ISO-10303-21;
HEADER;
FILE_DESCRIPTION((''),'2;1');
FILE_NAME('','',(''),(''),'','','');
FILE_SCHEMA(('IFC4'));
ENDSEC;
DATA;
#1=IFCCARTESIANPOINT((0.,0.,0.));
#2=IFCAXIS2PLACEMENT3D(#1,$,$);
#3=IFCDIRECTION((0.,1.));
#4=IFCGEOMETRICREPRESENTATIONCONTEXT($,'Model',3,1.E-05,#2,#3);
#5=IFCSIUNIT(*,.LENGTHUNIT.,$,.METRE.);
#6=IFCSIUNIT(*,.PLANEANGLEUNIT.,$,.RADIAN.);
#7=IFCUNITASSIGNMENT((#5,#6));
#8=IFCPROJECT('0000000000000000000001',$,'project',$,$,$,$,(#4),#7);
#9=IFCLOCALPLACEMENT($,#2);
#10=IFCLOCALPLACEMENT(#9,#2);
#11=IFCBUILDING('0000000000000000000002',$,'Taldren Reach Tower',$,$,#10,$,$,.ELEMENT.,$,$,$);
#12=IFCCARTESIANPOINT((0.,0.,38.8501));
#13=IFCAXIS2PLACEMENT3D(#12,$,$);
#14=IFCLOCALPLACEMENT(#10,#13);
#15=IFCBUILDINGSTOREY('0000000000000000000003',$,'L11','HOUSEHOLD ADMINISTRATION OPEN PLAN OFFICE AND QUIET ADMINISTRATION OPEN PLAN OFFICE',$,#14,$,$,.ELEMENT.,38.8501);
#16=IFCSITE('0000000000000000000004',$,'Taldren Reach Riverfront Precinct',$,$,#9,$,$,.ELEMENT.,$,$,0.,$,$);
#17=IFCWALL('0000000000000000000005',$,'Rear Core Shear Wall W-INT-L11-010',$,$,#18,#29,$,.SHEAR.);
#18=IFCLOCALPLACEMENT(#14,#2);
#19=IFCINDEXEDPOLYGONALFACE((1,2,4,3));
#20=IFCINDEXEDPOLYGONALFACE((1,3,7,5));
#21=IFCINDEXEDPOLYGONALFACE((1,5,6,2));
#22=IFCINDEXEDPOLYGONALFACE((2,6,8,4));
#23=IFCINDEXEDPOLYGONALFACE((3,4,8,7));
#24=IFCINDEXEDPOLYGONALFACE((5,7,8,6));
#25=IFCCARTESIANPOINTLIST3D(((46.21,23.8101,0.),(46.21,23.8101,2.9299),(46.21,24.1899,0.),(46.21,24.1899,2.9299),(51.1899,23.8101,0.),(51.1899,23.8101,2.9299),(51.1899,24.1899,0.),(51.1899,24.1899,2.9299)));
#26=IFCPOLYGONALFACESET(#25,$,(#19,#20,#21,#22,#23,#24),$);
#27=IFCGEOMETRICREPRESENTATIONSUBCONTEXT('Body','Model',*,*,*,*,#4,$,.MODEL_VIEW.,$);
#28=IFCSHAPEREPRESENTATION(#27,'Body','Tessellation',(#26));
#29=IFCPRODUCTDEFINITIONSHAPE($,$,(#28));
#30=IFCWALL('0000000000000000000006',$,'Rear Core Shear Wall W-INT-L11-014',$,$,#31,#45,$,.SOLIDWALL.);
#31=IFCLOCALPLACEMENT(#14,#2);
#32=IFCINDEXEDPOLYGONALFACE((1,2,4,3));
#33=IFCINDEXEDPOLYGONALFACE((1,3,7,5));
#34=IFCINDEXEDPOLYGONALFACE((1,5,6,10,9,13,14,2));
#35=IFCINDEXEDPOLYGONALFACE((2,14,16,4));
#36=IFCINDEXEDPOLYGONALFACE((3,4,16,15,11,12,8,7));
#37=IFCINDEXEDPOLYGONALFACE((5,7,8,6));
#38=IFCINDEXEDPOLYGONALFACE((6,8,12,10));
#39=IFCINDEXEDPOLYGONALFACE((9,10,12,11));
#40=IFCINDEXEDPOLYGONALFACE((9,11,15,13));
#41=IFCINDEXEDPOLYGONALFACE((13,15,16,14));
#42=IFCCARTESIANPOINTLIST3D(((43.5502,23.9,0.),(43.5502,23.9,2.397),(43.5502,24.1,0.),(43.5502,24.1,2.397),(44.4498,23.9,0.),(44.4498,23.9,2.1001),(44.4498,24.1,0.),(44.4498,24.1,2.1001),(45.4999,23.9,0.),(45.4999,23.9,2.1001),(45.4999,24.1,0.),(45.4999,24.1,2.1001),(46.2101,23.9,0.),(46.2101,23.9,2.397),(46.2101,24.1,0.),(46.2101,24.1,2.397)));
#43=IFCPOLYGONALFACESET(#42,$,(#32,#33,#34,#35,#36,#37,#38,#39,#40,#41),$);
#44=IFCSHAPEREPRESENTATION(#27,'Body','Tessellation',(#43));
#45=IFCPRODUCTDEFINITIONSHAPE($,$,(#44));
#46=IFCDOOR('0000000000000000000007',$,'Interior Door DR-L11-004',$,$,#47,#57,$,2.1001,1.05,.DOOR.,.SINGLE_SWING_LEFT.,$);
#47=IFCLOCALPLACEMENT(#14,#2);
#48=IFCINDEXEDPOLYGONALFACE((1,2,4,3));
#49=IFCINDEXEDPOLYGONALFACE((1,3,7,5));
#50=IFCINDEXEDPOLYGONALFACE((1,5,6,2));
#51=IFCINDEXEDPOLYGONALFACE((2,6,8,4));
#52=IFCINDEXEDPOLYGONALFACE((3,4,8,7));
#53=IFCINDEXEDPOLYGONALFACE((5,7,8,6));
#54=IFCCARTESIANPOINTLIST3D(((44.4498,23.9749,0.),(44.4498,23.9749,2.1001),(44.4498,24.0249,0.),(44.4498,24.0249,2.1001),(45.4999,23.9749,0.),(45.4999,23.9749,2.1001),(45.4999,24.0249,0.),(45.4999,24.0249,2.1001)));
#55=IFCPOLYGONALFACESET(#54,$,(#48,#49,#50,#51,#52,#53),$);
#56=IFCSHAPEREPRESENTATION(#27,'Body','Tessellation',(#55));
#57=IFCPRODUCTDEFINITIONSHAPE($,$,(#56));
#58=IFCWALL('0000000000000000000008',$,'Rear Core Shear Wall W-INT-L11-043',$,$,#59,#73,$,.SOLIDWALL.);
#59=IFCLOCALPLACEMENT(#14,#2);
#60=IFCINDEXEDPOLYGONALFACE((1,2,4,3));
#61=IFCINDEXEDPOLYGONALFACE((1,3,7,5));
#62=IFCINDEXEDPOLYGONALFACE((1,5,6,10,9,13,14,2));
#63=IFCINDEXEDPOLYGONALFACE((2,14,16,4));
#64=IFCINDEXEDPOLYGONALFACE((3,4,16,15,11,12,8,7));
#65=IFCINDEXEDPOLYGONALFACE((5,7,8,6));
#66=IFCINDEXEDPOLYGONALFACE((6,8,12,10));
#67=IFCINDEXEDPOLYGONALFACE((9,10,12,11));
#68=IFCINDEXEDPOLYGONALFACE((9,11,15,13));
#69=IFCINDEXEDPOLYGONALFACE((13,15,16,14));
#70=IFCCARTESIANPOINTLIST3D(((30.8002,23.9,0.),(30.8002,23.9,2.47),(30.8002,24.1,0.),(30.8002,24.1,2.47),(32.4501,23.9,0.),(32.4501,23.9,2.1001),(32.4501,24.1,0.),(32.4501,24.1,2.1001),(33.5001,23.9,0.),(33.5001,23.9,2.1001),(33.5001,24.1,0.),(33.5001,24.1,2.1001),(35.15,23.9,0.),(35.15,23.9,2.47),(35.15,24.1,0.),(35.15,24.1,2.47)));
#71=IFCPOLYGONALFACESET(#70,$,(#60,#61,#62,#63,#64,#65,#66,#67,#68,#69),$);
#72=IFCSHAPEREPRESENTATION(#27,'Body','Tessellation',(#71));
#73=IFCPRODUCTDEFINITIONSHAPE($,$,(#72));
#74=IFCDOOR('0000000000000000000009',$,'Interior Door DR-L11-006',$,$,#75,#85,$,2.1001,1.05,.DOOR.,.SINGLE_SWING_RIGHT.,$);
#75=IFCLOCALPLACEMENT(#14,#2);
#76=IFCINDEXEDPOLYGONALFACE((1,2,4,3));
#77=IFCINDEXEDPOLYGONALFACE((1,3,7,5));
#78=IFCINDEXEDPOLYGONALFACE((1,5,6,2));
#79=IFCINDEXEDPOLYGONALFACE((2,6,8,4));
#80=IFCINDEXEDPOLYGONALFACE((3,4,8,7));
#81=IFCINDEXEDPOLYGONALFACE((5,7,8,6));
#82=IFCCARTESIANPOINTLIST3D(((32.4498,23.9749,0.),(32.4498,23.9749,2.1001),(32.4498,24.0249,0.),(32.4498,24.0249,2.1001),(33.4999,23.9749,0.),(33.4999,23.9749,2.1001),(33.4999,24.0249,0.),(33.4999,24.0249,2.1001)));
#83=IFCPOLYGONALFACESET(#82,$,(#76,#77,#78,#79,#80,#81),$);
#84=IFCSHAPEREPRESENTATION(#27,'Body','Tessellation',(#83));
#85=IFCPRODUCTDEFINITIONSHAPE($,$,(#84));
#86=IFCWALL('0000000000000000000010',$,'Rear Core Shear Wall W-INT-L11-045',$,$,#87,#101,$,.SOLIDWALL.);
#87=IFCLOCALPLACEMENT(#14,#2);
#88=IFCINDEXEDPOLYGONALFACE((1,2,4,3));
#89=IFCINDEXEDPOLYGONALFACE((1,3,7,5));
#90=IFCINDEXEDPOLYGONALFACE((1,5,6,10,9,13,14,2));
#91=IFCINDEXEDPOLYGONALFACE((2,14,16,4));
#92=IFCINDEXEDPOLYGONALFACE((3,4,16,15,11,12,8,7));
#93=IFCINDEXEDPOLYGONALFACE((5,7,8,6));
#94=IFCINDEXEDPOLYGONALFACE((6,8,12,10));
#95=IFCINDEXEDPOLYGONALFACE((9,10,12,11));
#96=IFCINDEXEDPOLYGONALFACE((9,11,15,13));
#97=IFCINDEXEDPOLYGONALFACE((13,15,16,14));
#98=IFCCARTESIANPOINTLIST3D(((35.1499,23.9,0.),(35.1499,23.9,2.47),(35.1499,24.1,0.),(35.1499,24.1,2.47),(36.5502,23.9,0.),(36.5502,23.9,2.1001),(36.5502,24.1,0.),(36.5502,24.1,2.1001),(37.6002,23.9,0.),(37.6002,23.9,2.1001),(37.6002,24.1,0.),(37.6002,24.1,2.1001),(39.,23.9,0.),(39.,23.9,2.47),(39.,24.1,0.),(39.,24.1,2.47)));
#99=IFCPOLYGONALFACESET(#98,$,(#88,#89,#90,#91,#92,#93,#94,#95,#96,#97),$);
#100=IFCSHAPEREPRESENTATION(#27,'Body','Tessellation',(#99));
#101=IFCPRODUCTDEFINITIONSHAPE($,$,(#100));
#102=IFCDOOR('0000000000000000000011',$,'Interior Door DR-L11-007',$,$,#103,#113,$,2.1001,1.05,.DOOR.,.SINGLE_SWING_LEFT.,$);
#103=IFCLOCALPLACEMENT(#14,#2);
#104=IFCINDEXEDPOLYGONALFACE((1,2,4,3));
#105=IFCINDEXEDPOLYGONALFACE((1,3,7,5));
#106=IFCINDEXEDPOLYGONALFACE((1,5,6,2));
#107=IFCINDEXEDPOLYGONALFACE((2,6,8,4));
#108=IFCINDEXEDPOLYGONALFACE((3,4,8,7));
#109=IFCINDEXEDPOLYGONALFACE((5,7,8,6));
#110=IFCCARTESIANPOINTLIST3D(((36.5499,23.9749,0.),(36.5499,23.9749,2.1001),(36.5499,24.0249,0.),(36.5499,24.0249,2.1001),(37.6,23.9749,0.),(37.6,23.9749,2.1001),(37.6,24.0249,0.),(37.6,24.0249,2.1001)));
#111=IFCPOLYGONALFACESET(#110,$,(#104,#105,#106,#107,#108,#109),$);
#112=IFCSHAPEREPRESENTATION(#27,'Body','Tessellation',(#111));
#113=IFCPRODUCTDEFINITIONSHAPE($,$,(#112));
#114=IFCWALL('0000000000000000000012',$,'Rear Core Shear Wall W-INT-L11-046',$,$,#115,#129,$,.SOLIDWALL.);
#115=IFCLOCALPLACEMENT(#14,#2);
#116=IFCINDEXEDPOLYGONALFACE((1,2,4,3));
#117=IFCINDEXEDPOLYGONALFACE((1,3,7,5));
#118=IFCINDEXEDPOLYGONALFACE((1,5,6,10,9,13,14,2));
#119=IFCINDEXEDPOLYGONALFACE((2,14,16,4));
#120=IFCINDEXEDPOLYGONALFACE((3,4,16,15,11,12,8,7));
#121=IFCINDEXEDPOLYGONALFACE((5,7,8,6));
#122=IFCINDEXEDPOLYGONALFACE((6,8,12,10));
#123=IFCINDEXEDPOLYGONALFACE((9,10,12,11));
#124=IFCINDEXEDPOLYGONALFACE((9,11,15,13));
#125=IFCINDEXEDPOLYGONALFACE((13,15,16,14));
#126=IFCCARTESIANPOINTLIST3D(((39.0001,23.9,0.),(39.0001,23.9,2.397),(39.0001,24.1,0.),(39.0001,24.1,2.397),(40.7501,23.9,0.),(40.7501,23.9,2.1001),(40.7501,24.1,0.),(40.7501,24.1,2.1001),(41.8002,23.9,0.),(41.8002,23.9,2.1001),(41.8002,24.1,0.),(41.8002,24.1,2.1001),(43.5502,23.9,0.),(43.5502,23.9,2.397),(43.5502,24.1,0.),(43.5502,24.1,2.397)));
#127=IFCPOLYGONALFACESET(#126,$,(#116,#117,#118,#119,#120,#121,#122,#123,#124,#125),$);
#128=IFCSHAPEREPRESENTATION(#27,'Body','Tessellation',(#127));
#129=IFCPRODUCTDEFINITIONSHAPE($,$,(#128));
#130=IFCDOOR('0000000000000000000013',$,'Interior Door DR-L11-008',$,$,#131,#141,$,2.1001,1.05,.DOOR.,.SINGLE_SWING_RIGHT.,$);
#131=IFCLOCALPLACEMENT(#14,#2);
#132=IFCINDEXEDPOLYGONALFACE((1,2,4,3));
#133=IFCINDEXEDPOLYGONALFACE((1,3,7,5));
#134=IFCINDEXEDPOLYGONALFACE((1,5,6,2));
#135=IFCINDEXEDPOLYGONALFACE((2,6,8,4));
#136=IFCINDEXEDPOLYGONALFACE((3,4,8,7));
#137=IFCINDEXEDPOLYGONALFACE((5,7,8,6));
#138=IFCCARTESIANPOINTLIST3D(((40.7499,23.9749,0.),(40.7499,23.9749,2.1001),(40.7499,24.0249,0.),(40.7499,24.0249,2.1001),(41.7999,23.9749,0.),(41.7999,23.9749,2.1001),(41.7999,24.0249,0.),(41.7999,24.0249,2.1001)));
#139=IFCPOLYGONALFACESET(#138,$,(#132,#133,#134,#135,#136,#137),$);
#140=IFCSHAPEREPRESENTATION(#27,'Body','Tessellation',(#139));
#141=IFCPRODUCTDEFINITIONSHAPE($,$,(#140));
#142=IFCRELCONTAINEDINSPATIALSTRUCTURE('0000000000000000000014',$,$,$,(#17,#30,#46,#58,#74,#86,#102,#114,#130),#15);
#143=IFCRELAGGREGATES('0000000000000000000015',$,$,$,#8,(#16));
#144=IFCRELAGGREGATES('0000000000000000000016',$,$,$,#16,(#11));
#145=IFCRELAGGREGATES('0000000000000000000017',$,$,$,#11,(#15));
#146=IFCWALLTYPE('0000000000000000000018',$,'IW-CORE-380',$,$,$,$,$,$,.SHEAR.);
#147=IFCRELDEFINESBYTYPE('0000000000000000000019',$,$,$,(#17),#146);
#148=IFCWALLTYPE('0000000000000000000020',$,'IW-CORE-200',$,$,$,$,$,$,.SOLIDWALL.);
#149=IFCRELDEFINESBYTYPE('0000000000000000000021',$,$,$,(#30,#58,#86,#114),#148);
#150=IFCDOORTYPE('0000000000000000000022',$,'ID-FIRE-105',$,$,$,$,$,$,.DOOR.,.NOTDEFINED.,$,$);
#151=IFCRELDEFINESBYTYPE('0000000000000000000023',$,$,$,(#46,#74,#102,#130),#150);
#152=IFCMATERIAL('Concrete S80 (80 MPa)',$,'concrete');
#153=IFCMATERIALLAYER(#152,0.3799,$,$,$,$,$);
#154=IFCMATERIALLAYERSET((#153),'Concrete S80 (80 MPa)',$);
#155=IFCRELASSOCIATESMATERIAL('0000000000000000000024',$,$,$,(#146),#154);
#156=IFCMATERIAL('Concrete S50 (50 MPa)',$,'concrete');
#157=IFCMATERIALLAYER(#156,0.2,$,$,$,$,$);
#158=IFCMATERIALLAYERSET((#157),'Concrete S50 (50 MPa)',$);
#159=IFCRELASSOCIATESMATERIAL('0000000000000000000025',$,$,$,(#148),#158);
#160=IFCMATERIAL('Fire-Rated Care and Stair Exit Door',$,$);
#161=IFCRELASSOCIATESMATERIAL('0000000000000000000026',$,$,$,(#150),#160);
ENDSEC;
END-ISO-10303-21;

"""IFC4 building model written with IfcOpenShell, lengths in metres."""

from ifc_helpers import new_model, si_unit, direction, frame, frame_2d, origin, place, context, subcontext, project, spatial, rectangle, extrude, source, transform, mapped, material, layer, layer_set, type_object, element, fill, save


model = new_model("IFC4")

# Units and contexts
model_context = context("Model", 3, precision=1e-05, world=origin(), true_north=direction((0.0, 1.0)))
body_context = subcontext(model_context, "Body", "Model", "MODEL_VIEW")
ifc_project = project(units=[si_unit("LENGTHUNIT", "METRE"), si_unit("PLANEANGLEUNIT", "RADIAN")], contexts=[model_context])

# Site, building, storey
site_placement = place(None, origin())
site = spatial("IfcSite", under=ifc_project, at=site_placement, Name="Taldren Reach Riverfront Precinct", CompositionType="ELEMENT", RefElevation=0.0)
building_placement = place(site_placement, origin())
building = spatial("IfcBuilding", under=site, at=building_placement, Name="Taldren Reach Tower", CompositionType="ELEMENT")
storey_placement = place(building_placement, frame((0.0, 0.0, 38.8501)))
storey = spatial("IfcBuildingStorey", under=building, at=storey_placement, Name="L11", Description="HOUSEHOLD ADMINISTRATION OPEN PLAN OFFICE AND QUIET ADMINISTRATION OPEN PLAN OFFICE", CompositionType="ELEMENT", Elevation=38.8501)

# Wall
ifc_material_1 = material(Name="Concrete S80 (80 MPa)", Category="concrete")
ifc_layer_1 = layer(ifc_material_1, 0.3799)
ifc_layer_set_1 = layer_set([ifc_layer_1], Name="Concrete S80 (80 MPa)")
wall_type_1 = type_object("IfcWallType", Name="IW-CORE-380", PredefinedType="SHEAR", material=ifc_layer_set_1)
shared_shape_1 = source(origin(), body_context, "Body", "SweptSolid", [
    extrude(rectangle(XDim=4.98, YDim=0.3799, at=frame_2d((2.49, 0.0))), origin(), (0.0, 0.0, 1.0), 2.9299),
])
wall_1_placement = place(storey_placement, frame((46.21, 24.0, 0.0), z_axis=(0.0, 0.0, 1.0), x_axis=(1.0, 0.0, 0.0)))
element("IfcWall", 1, at=wall_1_placement, inside=storey, type_object=wall_type_1, Name="Rear Core Shear Wall W-INT-L11-010", PredefinedType="SHEAR", context=body_context, shape_type="MappedRepresentation", body=[
    mapped(shared_shape_1, transform((0.0, 0.0, 0.0), scale=1.0)),
])

# Walls, openings, doors
ifc_material_2 = material(Name="Concrete S50 (50 MPa)", Category="concrete")
ifc_layer_2 = layer(ifc_material_2, 0.2)
ifc_layer_set_2 = layer_set([ifc_layer_2], Name="Concrete S50 (50 MPa)")
wall_type_2 = type_object("IfcWallType", Name="IW-CORE-200", PredefinedType="SOLIDWALL", material=ifc_layer_set_2)
shared_shape_2 = source(origin(), body_context, "Body", "SweptSolid", [
    extrude(rectangle(XDim=2.6599, YDim=0.2, at=frame_2d((1.3301, 0.0))), origin(), (0.0, 0.0, 1.0), 2.397),
])
wall_2_placement = place(storey_placement, frame((43.55, 24.0, 0.0), z_axis=(0.0, 0.0, 1.0), x_axis=(1.0, 0.0, 0.0)))
wall_2 = element("IfcWall", 2, at=wall_2_placement, inside=storey, type_object=wall_type_2, Name="Rear Core Shear Wall W-INT-L11-014", PredefinedType="SOLIDWALL", context=body_context, shape_type="MappedRepresentation", body=[
    mapped(shared_shape_2, transform((0.0, 0.0, 0.0), scale=1.0)),
])
shared_shape_3 = source(origin(), body_context, "Body", "SweptSolid", [
    extrude(rectangle(XDim=1.05, YDim=2.1001, at=frame_2d((0.5249, 1.05))), frame((0.0, 0.1099, 0.0), z_axis=(0.0, -1.0, 0.0), x_axis=(1.0, 0.0, 0.0)), (0.0, 0.0, 1.0), 0.22),
])
opening_1_placement = place(wall_2_placement, frame((0.8999, 0.0, 0.0)))
opening_1 = element("IfcOpeningElement", 3, at=opening_1_placement, cuts=wall_2, PredefinedType="OPENING", context=body_context, shape_type="MappedRepresentation", body=[
    mapped(shared_shape_3, transform((0.0, 0.0, 0.0), scale=1.0)),
])
ifc_material_3 = material(Name="Fire-Rated Care and Stair Exit Door")
door_type = type_object("IfcDoorType", Name="ID-FIRE-105", OperationType="NOTDEFINED", PredefinedType="DOOR", material=ifc_material_3)
shared_shape_4 = source(origin(), body_context, "Body", "SweptSolid", [
    extrude(rectangle(XDim=1.05, YDim=2.1001, at=frame_2d((0.5249, 1.05))), frame((0.0, 0.0249, 0.0), z_axis=(0.0, -1.0, 0.0), x_axis=(1.0, 0.0, 0.0)), (0.0, 0.0, 1.0), 0.05),
])
door_1_placement = place(opening_1_placement, origin())
door_1 = element("IfcDoor", 4, at=door_1_placement, inside=storey, type_object=door_type, Name="Interior Door DR-L11-004", OperationType="SINGLE_SWING_LEFT", OverallHeight=2.1001, OverallWidth=1.05, PredefinedType="DOOR", context=body_context, shape_type="MappedRepresentation", body=[
    mapped(shared_shape_4, transform((0.0, 0.0, 0.0), scale=1.0)),
])
fill(opening_1, door_1)
shared_shape_5 = source(origin(), body_context, "Body", "SweptSolid", [
    extrude(rectangle(XDim=4.3499, YDim=0.2, at=frame_2d((2.1748, 0.0))), origin(), (0.0, 0.0, 1.0), 2.47),
])
wall_3_placement = place(storey_placement, frame((35.1499, 24.0, 0.0), z_axis=(0.0, 0.0, 1.0), x_axis=(-1.0, 0.0, 0.0)))
wall_3 = element("IfcWall", 5, at=wall_3_placement, inside=storey, type_object=wall_type_2, Name="Rear Core Shear Wall W-INT-L11-043", PredefinedType="SOLIDWALL", context=body_context, shape_type="MappedRepresentation", body=[
    mapped(shared_shape_5, transform((0.0, 0.0, 0.0), scale=1.0)),
])
opening_2_placement = place(wall_3_placement, frame((1.6499, 0.0, 0.0)))
opening_2 = element("IfcOpeningElement", 6, at=opening_2_placement, cuts=wall_3, PredefinedType="OPENING", context=body_context, shape_type="MappedRepresentation", body=[
    mapped(shared_shape_3, transform((0.0, 0.0, 0.0), scale=1.0)),
])
door_2_placement = place(opening_2_placement, frame((1.05, 0.0, 0.0), z_axis=(0.0, 0.0, 1.0), x_axis=(-1.0, 0.0, 0.0)))
door_2 = element("IfcDoor", 7, at=door_2_placement, inside=storey, type_object=door_type, Name="Interior Door DR-L11-006", OperationType="SINGLE_SWING_RIGHT", OverallHeight=2.1001, OverallWidth=1.05, PredefinedType="DOOR", context=body_context, shape_type="MappedRepresentation", body=[
    mapped(shared_shape_4, transform((0.0, 0.0, 0.0), scale=1.0)),
])
fill(opening_2, door_2)
shared_shape_6 = source(origin(), body_context, "Body", "SweptSolid", [
    extrude(rectangle(XDim=3.8501, YDim=0.2, at=frame_2d((1.925, 0.0))), origin(), (0.0, 0.0, 1.0), 2.47),
])
wall_4_placement = place(storey_placement, frame((39.0, 24.0, 0.0), z_axis=(0.0, 0.0, 1.0), x_axis=(-1.0, 0.0, 0.0)))
wall_4 = element("IfcWall", 8, at=wall_4_placement, inside=storey, type_object=wall_type_2, Name="Rear Core Shear Wall W-INT-L11-045", PredefinedType="SOLIDWALL", context=body_context, shape_type="MappedRepresentation", body=[
    mapped(shared_shape_6, transform((0.0, 0.0, 0.0), scale=1.0)),
])
opening_3_placement = place(wall_4_placement, frame((1.3999, 0.0, 0.0)))
opening_3 = element("IfcOpeningElement", 9, at=opening_3_placement, cuts=wall_4, PredefinedType="OPENING", context=body_context, shape_type="MappedRepresentation", body=[
    mapped(shared_shape_3, transform((0.0, 0.0, 0.0), scale=1.0)),
])
door_3_placement = place(opening_3_placement, frame((1.05, 0.0, 0.0), z_axis=(0.0, 0.0, 1.0), x_axis=(-1.0, 0.0, 0.0)))
door_3 = element("IfcDoor", 10, at=door_3_placement, inside=storey, type_object=door_type, Name="Interior Door DR-L11-007", OperationType="SINGLE_SWING_LEFT", OverallHeight=2.1001, OverallWidth=1.05, PredefinedType="DOOR", context=body_context, shape_type="MappedRepresentation", body=[
    mapped(shared_shape_4, transform((0.0, 0.0, 0.0), scale=1.0)),
])
fill(opening_3, door_3)
shared_shape_7 = source(origin(), body_context, "Body", "SweptSolid", [
    extrude(rectangle(XDim=4.55, YDim=0.2, at=frame_2d((2.2749, 0.0))), origin(), (0.0, 0.0, 1.0), 2.397),
])
wall_5_placement = place(storey_placement, frame((43.55, 24.0, 0.0), z_axis=(0.0, 0.0, 1.0), x_axis=(-1.0, 0.0, 0.0)))
wall_5 = element("IfcWall", 11, at=wall_5_placement, inside=storey, type_object=wall_type_2, Name="Rear Core Shear Wall W-INT-L11-046", PredefinedType="SOLIDWALL", context=body_context, shape_type="MappedRepresentation", body=[
    mapped(shared_shape_7, transform((0.0, 0.0, 0.0), scale=1.0)),
])
opening_4_placement = place(wall_5_placement, frame((1.75, 0.0, 0.0)))
opening_4 = element("IfcOpeningElement", 12, at=opening_4_placement, cuts=wall_5, PredefinedType="OPENING", context=body_context, shape_type="MappedRepresentation", body=[
    mapped(shared_shape_3, transform((0.0, 0.0, 0.0), scale=1.0)),
])
door_4_placement = place(opening_4_placement, frame((1.05, 0.0, 0.0), z_axis=(0.0, 0.0, 1.0), x_axis=(-1.0, 0.0, 0.0)))
door_4 = element("IfcDoor", 13, at=door_4_placement, inside=storey, type_object=door_type, Name="Interior Door DR-L11-008", OperationType="SINGLE_SWING_RIGHT", OverallHeight=2.1001, OverallWidth=1.05, PredefinedType="DOOR", context=body_context, shape_type="MappedRepresentation", body=[
    mapped(shared_shape_4, transform((0.0, 0.0, 0.0), scale=1.0)),
])
fill(opening_4, door_4)

save(model, "model.ifc")
